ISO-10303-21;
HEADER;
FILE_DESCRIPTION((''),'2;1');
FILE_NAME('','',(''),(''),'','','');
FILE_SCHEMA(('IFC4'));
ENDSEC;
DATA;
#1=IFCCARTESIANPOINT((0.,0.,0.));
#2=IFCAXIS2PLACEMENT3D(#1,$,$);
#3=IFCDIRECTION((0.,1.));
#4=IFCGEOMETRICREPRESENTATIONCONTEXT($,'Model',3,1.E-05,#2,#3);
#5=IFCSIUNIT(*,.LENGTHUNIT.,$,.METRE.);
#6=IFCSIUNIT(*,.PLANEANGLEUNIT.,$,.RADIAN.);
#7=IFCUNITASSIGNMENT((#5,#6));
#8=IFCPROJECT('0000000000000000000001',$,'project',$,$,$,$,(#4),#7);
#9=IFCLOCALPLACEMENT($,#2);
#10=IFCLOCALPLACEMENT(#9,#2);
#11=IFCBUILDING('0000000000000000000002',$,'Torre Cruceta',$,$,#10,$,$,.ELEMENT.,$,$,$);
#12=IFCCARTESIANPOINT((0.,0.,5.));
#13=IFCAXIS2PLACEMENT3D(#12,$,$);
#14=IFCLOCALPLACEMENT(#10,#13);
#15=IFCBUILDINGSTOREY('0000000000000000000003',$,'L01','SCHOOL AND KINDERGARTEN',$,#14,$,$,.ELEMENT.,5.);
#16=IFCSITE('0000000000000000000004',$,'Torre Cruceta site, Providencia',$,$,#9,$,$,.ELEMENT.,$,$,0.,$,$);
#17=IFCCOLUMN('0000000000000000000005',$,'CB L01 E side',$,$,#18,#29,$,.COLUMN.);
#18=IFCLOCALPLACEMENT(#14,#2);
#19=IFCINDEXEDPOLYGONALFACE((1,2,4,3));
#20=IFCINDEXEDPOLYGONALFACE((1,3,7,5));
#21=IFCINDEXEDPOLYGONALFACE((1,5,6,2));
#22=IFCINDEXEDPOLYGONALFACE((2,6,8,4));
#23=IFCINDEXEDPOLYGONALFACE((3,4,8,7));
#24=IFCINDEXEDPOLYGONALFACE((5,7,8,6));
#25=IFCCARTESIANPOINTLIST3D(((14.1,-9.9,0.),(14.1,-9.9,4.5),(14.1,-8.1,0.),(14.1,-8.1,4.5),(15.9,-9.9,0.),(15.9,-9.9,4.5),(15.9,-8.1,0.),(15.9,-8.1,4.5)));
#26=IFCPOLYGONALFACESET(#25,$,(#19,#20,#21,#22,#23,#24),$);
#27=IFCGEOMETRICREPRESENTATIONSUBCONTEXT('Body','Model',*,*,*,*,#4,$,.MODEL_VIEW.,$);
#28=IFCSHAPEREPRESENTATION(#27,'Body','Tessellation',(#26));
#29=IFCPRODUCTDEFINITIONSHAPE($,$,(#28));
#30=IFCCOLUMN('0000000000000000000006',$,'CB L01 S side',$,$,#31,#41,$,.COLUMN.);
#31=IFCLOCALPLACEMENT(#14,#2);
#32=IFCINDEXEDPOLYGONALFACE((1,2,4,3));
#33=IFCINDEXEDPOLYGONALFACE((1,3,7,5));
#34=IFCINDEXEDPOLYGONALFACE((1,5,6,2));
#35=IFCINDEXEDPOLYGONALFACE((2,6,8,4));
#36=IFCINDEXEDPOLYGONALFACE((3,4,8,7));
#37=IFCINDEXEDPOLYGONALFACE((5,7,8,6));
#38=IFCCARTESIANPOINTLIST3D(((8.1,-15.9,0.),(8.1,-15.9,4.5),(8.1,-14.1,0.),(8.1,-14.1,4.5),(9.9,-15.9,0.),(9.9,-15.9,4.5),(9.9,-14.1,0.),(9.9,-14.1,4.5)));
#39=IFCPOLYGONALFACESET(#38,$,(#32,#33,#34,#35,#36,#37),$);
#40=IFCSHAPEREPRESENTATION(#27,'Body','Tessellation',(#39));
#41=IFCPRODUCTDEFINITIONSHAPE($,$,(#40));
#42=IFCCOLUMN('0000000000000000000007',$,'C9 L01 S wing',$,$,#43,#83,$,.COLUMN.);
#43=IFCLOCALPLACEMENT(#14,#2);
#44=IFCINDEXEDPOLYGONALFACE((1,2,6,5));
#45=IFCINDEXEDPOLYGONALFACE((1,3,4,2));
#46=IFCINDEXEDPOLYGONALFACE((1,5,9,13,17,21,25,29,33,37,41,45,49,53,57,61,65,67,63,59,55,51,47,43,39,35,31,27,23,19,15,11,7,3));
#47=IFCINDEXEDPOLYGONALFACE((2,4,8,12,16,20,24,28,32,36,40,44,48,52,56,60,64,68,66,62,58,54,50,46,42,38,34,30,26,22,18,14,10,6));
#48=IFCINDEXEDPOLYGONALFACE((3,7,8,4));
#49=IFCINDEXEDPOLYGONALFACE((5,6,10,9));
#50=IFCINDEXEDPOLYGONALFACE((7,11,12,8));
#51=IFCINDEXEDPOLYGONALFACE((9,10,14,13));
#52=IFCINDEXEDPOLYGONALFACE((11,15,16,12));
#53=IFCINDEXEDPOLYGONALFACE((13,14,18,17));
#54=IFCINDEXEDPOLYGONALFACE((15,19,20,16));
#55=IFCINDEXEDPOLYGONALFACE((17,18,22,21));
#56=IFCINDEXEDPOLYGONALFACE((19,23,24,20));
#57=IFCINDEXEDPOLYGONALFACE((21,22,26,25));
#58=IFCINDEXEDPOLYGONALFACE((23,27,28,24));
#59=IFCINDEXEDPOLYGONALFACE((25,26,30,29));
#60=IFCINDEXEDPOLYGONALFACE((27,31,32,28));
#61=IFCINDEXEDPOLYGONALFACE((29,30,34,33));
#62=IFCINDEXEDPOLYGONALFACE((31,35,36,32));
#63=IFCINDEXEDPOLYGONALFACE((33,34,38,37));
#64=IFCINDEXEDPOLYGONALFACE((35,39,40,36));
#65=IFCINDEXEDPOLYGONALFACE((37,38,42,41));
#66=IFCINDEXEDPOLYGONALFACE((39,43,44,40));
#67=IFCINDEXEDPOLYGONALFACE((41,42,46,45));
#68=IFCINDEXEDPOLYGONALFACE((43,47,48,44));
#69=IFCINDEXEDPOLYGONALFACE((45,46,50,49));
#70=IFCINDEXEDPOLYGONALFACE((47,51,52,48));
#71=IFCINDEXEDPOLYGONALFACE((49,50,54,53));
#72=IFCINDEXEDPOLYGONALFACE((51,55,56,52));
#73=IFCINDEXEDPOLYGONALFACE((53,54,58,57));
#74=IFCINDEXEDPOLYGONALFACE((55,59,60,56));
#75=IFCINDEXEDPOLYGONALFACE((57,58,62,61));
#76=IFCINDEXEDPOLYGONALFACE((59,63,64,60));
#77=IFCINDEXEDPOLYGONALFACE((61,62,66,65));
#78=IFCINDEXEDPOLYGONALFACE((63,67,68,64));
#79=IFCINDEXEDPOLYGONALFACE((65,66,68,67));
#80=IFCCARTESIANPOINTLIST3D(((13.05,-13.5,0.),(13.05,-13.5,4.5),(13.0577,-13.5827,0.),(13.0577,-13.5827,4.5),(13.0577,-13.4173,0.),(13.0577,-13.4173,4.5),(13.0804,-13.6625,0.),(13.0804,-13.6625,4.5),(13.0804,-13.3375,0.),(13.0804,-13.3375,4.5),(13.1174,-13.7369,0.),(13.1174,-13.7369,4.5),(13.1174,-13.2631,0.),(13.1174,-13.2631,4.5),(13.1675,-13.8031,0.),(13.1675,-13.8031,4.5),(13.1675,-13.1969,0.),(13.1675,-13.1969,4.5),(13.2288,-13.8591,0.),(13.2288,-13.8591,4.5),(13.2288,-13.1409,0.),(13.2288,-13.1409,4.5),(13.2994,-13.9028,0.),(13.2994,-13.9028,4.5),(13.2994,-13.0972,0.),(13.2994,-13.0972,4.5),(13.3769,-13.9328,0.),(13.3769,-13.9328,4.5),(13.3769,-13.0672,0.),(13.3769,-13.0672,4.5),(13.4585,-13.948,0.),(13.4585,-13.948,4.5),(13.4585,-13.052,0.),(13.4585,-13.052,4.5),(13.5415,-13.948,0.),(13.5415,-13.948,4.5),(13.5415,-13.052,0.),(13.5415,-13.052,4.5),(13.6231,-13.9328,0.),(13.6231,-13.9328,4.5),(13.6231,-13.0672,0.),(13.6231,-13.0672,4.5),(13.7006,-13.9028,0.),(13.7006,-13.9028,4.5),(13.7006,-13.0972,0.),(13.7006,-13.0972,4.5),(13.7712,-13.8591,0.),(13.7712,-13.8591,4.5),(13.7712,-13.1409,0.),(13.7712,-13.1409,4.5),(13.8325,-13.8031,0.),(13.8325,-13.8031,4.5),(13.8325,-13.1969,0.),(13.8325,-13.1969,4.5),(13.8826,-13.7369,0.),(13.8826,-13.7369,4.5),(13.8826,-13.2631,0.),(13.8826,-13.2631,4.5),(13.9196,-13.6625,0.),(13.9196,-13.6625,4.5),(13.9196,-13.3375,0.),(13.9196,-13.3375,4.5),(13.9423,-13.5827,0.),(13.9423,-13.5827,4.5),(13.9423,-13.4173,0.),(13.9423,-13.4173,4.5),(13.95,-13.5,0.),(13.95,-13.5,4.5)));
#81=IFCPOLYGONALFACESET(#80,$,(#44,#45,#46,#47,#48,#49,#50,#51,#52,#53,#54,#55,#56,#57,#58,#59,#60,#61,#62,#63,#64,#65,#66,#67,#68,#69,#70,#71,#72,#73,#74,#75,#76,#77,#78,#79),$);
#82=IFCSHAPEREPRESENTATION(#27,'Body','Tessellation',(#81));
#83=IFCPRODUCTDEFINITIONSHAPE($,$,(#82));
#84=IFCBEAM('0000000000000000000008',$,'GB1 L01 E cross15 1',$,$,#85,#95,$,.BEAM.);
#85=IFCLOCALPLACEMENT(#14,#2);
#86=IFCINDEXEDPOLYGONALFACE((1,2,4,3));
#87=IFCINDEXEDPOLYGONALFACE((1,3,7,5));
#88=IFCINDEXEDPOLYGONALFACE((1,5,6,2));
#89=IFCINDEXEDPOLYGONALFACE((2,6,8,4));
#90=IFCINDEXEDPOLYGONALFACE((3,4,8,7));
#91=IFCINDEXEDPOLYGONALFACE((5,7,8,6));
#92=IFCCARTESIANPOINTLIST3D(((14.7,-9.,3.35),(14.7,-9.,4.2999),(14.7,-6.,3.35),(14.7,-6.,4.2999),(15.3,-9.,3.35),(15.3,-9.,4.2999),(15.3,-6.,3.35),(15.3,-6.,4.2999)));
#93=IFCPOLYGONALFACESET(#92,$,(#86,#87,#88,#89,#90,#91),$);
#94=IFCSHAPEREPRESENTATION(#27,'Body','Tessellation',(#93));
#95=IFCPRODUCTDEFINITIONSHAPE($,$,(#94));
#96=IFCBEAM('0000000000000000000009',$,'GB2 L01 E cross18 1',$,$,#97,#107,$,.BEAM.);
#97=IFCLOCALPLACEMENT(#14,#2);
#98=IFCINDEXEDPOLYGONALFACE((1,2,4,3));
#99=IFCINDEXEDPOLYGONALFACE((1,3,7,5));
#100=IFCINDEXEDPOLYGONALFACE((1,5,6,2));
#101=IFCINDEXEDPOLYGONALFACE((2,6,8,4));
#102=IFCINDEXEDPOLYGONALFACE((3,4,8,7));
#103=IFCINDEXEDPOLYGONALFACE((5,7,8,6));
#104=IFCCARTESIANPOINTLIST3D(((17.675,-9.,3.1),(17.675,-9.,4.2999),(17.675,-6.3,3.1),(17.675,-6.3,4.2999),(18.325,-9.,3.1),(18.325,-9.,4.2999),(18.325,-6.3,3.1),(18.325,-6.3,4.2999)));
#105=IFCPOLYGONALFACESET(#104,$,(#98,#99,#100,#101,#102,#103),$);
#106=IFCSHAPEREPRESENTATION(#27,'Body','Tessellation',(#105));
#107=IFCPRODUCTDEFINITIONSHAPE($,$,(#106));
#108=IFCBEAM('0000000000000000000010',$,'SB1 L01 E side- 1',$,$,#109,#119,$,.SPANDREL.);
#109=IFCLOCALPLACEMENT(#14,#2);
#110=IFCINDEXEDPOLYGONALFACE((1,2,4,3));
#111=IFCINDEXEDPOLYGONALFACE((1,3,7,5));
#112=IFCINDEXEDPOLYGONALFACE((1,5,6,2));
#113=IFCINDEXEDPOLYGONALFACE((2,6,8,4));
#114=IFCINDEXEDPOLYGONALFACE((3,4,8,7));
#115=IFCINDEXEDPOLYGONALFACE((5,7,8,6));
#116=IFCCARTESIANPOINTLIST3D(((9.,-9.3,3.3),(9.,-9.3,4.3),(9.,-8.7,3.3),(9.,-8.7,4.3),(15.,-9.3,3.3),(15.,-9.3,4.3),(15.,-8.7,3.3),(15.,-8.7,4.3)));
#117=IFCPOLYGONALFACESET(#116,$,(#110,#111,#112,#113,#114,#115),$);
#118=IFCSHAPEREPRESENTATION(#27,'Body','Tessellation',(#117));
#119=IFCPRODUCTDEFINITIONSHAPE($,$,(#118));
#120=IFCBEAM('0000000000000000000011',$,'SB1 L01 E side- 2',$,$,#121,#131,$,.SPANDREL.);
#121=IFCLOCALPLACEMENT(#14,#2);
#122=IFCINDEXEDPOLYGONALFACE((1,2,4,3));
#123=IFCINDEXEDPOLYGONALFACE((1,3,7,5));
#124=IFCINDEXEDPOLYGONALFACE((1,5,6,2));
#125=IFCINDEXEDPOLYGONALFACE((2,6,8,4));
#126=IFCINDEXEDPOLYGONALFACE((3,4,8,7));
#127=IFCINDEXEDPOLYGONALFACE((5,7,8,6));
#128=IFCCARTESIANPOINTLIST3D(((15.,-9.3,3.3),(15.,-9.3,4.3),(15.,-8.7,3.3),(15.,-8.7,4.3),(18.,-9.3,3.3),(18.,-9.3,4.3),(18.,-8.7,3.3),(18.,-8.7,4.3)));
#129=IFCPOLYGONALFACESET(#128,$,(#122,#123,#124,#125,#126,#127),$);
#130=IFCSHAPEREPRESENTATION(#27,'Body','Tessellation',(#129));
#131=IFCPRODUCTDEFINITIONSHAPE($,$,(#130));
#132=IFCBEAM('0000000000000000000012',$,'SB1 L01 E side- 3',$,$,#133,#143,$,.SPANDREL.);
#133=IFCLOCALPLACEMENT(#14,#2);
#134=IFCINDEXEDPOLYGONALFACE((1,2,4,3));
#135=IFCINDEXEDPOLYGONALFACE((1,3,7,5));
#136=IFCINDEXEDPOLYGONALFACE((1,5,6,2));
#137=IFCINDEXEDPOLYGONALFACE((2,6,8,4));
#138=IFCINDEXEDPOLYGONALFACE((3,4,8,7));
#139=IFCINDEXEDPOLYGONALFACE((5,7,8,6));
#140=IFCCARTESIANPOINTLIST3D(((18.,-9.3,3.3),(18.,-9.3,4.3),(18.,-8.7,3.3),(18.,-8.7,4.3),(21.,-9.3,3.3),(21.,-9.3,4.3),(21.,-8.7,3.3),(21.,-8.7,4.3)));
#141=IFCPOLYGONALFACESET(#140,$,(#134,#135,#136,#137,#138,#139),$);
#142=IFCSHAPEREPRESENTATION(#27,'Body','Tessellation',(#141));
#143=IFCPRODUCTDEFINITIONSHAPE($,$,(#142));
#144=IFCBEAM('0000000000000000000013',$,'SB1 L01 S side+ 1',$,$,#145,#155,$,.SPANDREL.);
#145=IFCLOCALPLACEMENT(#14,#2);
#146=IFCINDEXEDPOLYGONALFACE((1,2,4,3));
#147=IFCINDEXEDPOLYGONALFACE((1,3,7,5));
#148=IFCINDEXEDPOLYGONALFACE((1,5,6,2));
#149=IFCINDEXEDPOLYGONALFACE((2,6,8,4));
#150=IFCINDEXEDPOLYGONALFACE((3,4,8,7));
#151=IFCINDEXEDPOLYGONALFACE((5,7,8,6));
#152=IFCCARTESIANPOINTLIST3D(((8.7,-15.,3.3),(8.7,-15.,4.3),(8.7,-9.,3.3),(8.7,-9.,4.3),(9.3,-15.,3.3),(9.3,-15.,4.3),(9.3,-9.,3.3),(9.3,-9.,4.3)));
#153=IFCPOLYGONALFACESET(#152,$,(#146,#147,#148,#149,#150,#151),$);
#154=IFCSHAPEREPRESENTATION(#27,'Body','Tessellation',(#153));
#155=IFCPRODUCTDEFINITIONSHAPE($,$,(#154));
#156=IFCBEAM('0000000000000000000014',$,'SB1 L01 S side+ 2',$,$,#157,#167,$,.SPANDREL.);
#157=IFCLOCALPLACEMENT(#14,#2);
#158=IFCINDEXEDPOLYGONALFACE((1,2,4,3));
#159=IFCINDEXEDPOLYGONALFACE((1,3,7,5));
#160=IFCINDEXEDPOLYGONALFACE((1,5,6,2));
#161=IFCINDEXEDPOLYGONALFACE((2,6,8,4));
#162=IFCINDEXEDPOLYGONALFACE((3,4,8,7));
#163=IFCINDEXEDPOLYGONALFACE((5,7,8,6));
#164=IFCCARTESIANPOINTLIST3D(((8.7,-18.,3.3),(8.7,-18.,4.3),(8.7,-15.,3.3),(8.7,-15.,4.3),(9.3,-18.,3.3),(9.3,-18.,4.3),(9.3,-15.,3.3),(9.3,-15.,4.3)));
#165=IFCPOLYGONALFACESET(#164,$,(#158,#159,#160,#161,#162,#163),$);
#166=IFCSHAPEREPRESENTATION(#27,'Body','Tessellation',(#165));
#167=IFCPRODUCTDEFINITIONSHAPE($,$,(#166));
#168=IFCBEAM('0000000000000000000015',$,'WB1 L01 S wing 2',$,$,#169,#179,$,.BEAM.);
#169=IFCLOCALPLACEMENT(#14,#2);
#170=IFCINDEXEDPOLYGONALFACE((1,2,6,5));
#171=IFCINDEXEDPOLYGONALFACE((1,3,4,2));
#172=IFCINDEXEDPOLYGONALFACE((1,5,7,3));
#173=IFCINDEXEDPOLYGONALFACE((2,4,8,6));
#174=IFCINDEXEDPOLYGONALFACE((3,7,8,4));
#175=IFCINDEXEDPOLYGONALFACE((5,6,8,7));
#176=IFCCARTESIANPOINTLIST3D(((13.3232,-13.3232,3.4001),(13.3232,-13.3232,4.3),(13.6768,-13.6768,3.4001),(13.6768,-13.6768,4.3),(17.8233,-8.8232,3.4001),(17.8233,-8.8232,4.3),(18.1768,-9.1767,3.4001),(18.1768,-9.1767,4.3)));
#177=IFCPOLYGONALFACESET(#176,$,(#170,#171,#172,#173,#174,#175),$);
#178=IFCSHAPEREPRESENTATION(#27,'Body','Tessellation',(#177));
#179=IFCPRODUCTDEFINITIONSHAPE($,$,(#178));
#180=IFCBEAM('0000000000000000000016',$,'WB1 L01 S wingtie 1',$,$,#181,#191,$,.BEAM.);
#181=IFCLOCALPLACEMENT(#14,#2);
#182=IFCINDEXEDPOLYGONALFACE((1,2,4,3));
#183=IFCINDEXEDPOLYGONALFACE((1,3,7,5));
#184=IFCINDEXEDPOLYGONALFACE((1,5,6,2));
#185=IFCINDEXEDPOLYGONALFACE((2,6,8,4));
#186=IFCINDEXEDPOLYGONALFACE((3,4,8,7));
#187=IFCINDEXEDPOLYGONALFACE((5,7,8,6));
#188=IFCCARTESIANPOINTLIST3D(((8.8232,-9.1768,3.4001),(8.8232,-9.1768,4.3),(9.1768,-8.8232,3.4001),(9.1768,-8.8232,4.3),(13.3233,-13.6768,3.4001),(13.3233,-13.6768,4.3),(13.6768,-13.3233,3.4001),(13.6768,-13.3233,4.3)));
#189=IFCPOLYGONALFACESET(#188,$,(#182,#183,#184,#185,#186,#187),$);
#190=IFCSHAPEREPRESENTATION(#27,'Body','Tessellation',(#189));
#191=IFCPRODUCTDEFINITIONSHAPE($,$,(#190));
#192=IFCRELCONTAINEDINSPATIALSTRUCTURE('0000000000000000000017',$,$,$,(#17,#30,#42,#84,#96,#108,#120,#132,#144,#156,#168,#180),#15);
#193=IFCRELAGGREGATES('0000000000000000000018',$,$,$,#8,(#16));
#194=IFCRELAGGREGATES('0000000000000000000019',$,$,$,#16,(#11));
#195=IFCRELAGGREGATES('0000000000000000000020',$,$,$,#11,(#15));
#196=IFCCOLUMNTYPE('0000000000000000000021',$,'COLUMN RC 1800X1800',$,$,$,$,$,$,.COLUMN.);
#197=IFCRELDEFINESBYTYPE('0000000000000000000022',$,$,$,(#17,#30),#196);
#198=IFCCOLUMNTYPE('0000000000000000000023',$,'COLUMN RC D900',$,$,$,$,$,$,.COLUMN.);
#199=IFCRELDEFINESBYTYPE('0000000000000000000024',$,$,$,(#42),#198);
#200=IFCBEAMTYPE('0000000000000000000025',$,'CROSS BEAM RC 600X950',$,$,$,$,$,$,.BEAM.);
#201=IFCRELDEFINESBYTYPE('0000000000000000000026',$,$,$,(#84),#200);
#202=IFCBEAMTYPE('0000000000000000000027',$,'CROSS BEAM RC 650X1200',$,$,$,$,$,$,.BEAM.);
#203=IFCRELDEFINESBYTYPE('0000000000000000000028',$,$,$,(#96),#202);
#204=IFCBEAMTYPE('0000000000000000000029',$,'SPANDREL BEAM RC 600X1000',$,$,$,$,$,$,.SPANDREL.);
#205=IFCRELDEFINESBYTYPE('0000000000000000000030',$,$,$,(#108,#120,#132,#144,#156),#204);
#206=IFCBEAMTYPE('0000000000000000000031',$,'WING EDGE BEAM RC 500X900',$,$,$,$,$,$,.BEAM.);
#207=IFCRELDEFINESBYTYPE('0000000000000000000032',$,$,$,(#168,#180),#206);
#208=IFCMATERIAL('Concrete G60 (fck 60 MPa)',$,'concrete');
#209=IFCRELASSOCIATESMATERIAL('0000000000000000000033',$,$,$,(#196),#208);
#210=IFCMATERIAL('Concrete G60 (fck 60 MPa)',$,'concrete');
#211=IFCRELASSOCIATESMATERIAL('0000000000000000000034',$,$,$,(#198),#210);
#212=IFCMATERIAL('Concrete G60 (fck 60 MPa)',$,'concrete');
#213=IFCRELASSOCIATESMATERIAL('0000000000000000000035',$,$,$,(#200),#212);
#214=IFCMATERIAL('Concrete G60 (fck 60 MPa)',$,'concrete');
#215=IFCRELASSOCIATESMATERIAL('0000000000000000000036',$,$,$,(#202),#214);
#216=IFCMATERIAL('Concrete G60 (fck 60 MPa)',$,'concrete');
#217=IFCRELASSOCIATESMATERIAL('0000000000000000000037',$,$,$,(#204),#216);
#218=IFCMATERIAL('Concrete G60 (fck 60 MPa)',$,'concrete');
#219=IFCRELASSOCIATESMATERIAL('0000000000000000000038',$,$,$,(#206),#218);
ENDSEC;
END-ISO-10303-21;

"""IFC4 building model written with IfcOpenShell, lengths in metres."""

from ifc_helpers import new_model, si_unit, direction, frame, origin, origin_2d, place, context, subcontext, project, spatial, rectangle, circle, extrude, material, material_profile, profile_set, type_object, element, save


model = new_model("IFC4")

# Units and contexts
model_context = context("Model", 3, precision=1e-05, world=origin(), true_north=direction((0.0, 1.0)))
body_context = subcontext(model_context, "Body", "Model", "MODEL_VIEW")
ifc_project = project(units=[si_unit("LENGTHUNIT", "METRE"), si_unit("PLANEANGLEUNIT", "RADIAN")], contexts=[model_context])

# Site, building, storey
site_placement = place(None, origin())
site = spatial("IfcSite", under=ifc_project, at=site_placement, Name="Torre Cruceta site, Providencia", CompositionType="ELEMENT", RefElevation=0.0)
building_placement = place(site_placement, origin())
building = spatial("IfcBuilding", under=site, at=building_placement, Name="Torre Cruceta", CompositionType="ELEMENT")
storey_placement = place(building_placement, frame((0.0, 0.0, 5.0)))
storey = spatial("IfcBuildingStorey", under=building, at=storey_placement, Name="L01", Description="SCHOOL AND KINDERGARTEN", CompositionType="ELEMENT", Elevation=5.0)

# Columns
ifc_material_1 = material(Name="Concrete G60 (fck 60 MPa)", Category="concrete")
ifc_material_profile_1 = material_profile(ifc_material_1, rectangle(XDim=1.8, YDim=1.8, at=origin_2d()), Name="RC 1800X1800")
ifc_profile_set_1 = profile_set([ifc_material_profile_1], Name="Concrete G60 (fck 60 MPa)")
column_type_1 = type_object("IfcColumnType", Name="COLUMN RC 1800X1800", PredefinedType="COLUMN", material=ifc_profile_set_1)
for number, where, z_axis, x_axis, name in (
    (1, (15.0, -9.0, 0.0), (0.0, 0.0, 1.0), (1.0, 0.0, 0.0), "CB L01 E side"),
    (2, (9.0, -15.0, 0.0), (0.0, 0.0, 1.0), (1.0, 0.0, 0.0), "CB L01 S side"),
):
    element("IfcColumn", number, at=place(storey_placement, frame(where, z_axis=z_axis, x_axis=x_axis)), inside=storey, type_object=column_type_1, Name=name, PredefinedType="COLUMN", context=body_context, shape_type="SweptSolid", body=[
        extrude(rectangle(XDim=1.8, YDim=1.8, at=origin_2d()), origin(), (0.0, 0.0, 1.0), 4.5),
    ])
ifc_material_2 = material(Name="Concrete G60 (fck 60 MPa)", Category="concrete")
ifc_material_profile_2 = material_profile(ifc_material_2, circle(Radius=0.45, at=origin_2d()), Name="RC D900")
ifc_profile_set_2 = profile_set([ifc_material_profile_2], Name="Concrete G60 (fck 60 MPa)")
column_type_2 = type_object("IfcColumnType", Name="COLUMN RC D900", PredefinedType="COLUMN", material=ifc_profile_set_2)
column_placement = place(storey_placement, frame((13.5, -13.5, 0.0), z_axis=(0.0, 0.0, 1.0), x_axis=(1.0, 0.0, 0.0)))
element("IfcColumn", 3, at=column_placement, inside=storey, type_object=column_type_2, Name="C9 L01 S wing", PredefinedType="COLUMN", context=body_context, shape_type="SweptSolid", body=[
    extrude(circle(Radius=0.45, at=origin_2d()), origin(), (0.0, 0.0, 1.0), 4.5),
])

# Beams
ifc_material_3 = material(Name="Concrete G60 (fck 60 MPa)", Category="concrete")
ifc_material_profile_3 = material_profile(ifc_material_3, rectangle(XDim=0.6001, YDim=0.95, at=origin_2d()), Name="RC 600X950")
ifc_profile_set_3 = profile_set([ifc_material_profile_3], Name="Concrete G60 (fck 60 MPa)")
beam_type_1 = type_object("IfcBeamType", Name="CROSS BEAM RC 600X950", PredefinedType="BEAM", material=ifc_profile_set_3)
beam_1_placement = place(storey_placement, frame((15.0, -9.0, 3.825), z_axis=(0.0, 1.0, 0.0), x_axis=(-1.0, 0.0, 0.0)))
element("IfcBeam", 4, at=beam_1_placement, inside=storey, type_object=beam_type_1, Name="GB1 L01 E cross15 1", PredefinedType="BEAM", context=body_context, shape_type="SweptSolid", body=[
    extrude(rectangle(XDim=0.6001, YDim=0.95, at=origin_2d()), origin(), (0.0, 0.0, 1.0), 3.0),
])
ifc_material_4 = material(Name="Concrete G60 (fck 60 MPa)", Category="concrete")
ifc_material_profile_4 = material_profile(ifc_material_4, rectangle(XDim=0.6499, YDim=1.2, at=origin_2d()), Name="RC 650X1200")
ifc_profile_set_4 = profile_set([ifc_material_profile_4], Name="Concrete G60 (fck 60 MPa)")
beam_type_2 = type_object("IfcBeamType", Name="CROSS BEAM RC 650X1200", PredefinedType="BEAM", material=ifc_profile_set_4)
beam_2_placement = place(storey_placement, frame((18.0, -9.0, 3.7), z_axis=(0.0, 1.0, 0.0), x_axis=(-1.0, 0.0, 0.0)))
element("IfcBeam", 5, at=beam_2_placement, inside=storey, type_object=beam_type_2, Name="GB2 L01 E cross18 1", PredefinedType="BEAM", context=body_context, shape_type="SweptSolid", body=[
    extrude(rectangle(XDim=0.6499, YDim=1.2, at=origin_2d()), origin(), (0.0, 0.0, 1.0), 2.7),
])
ifc_material_5 = material(Name="Concrete G60 (fck 60 MPa)", Category="concrete")
ifc_material_profile_5 = material_profile(ifc_material_5, rectangle(XDim=0.6001, YDim=1.0, at=origin_2d()), Name="RC 600X1000")
ifc_profile_set_5 = profile_set([ifc_material_profile_5], Name="Concrete G60 (fck 60 MPa)")
beam_type_3 = type_object("IfcBeamType", Name="SPANDREL BEAM RC 600X1000", PredefinedType="SPANDREL", material=ifc_profile_set_5)
beam_3_placement = place(storey_placement, frame((9.0, -9.0, 3.8), z_axis=(1.0, 0.0, 0.0), x_axis=(0.0, 1.0, 0.0)))
element("IfcBeam", 6, at=beam_3_placement, inside=storey, type_object=beam_type_3, Name="SB1 L01 E side- 1", PredefinedType="SPANDREL", context=body_context, shape_type="SweptSolid", body=[
    extrude(rectangle(XDim=0.6001, YDim=1.0, at=origin_2d()), origin(), (0.0, 0.0, 1.0), 6.0),
])
for number, where, z_axis, x_axis, name in (
    (7, (15.0, -9.0, 3.8), (1.0, 0.0, 0.0), (0.0, 1.0, 0.0), "SB1 L01 E side- 2"),
    (8, (18.0, -9.0, 3.8), (1.0, 0.0, 0.0), (0.0, 1.0, 0.0), "SB1 L01 E side- 3"),
):
    element("IfcBeam", number, at=place(storey_placement, frame(where, z_axis=z_axis, x_axis=x_axis)), inside=storey, type_object=beam_type_3, Name=name, PredefinedType="SPANDREL", context=body_context, shape_type="SweptSolid", body=[
        extrude(rectangle(XDim=0.6001, YDim=1.0, at=origin_2d()), origin(), (0.0, 0.0, 1.0), 3.0),
    ])
beam_4_placement = place(storey_placement, frame((9.0, -9.0, 3.8), z_axis=(0.0, -1.0, 0.0), x_axis=(1.0, 0.0, 0.0)))
element("IfcBeam", 9, at=beam_4_placement, inside=storey, type_object=beam_type_3, Name="SB1 L01 S side+ 1", PredefinedType="SPANDREL", context=body_context, shape_type="SweptSolid", body=[
    extrude(rectangle(XDim=0.6001, YDim=1.0, at=origin_2d()), origin(), (0.0, 0.0, 1.0), 6.0),
])
beam_5_placement = place(storey_placement, frame((9.0, -15.0, 3.8), z_axis=(0.0, -1.0, 0.0), x_axis=(1.0, 0.0, 0.0)))
element("IfcBeam", 10, at=beam_5_placement, inside=storey, type_object=beam_type_3, Name="SB1 L01 S side+ 2", PredefinedType="SPANDREL", context=body_context, shape_type="SweptSolid", body=[
    extrude(rectangle(XDim=0.6001, YDim=1.0, at=origin_2d()), origin(), (0.0, 0.0, 1.0), 3.0),
])
ifc_material_6 = material(Name="Concrete G60 (fck 60 MPa)", Category="concrete")
ifc_material_profile_6 = material_profile(ifc_material_6, rectangle(XDim=0.5, YDim=0.8999, at=origin_2d()), Name="RC 500X900")
ifc_profile_set_6 = profile_set([ifc_material_profile_6], Name="Concrete G60 (fck 60 MPa)")
beam_type_4 = type_object("IfcBeamType", Name="WING EDGE BEAM RC 500X900", PredefinedType="BEAM", material=ifc_profile_set_6)
for number, where, z_axis, x_axis, name in (
    (11, (13.5, -13.5, 3.8501), (0.707107, 0.707107, 0.0), (-0.707107, 0.707107, 0.0), "WB1 L01 S wing 2"),
    (12, (9.0, -9.0, 3.8501), (0.707107, -0.707107, 0.0), (0.707107, 0.707107, 0.0), "WB1 L01 S wingtie 1"),
):
    element("IfcBeam", number, at=place(storey_placement, frame(where, z_axis=z_axis, x_axis=x_axis)), inside=storey, type_object=beam_type_4, Name=name, PredefinedType="BEAM", context=body_context, shape_type="SweptSolid", body=[
        extrude(rectangle(XDim=0.5, YDim=0.8999, at=origin_2d()), origin(), (0.0, 0.0, 1.0), 6.364),
    ])

save(model, "model.ifc")
